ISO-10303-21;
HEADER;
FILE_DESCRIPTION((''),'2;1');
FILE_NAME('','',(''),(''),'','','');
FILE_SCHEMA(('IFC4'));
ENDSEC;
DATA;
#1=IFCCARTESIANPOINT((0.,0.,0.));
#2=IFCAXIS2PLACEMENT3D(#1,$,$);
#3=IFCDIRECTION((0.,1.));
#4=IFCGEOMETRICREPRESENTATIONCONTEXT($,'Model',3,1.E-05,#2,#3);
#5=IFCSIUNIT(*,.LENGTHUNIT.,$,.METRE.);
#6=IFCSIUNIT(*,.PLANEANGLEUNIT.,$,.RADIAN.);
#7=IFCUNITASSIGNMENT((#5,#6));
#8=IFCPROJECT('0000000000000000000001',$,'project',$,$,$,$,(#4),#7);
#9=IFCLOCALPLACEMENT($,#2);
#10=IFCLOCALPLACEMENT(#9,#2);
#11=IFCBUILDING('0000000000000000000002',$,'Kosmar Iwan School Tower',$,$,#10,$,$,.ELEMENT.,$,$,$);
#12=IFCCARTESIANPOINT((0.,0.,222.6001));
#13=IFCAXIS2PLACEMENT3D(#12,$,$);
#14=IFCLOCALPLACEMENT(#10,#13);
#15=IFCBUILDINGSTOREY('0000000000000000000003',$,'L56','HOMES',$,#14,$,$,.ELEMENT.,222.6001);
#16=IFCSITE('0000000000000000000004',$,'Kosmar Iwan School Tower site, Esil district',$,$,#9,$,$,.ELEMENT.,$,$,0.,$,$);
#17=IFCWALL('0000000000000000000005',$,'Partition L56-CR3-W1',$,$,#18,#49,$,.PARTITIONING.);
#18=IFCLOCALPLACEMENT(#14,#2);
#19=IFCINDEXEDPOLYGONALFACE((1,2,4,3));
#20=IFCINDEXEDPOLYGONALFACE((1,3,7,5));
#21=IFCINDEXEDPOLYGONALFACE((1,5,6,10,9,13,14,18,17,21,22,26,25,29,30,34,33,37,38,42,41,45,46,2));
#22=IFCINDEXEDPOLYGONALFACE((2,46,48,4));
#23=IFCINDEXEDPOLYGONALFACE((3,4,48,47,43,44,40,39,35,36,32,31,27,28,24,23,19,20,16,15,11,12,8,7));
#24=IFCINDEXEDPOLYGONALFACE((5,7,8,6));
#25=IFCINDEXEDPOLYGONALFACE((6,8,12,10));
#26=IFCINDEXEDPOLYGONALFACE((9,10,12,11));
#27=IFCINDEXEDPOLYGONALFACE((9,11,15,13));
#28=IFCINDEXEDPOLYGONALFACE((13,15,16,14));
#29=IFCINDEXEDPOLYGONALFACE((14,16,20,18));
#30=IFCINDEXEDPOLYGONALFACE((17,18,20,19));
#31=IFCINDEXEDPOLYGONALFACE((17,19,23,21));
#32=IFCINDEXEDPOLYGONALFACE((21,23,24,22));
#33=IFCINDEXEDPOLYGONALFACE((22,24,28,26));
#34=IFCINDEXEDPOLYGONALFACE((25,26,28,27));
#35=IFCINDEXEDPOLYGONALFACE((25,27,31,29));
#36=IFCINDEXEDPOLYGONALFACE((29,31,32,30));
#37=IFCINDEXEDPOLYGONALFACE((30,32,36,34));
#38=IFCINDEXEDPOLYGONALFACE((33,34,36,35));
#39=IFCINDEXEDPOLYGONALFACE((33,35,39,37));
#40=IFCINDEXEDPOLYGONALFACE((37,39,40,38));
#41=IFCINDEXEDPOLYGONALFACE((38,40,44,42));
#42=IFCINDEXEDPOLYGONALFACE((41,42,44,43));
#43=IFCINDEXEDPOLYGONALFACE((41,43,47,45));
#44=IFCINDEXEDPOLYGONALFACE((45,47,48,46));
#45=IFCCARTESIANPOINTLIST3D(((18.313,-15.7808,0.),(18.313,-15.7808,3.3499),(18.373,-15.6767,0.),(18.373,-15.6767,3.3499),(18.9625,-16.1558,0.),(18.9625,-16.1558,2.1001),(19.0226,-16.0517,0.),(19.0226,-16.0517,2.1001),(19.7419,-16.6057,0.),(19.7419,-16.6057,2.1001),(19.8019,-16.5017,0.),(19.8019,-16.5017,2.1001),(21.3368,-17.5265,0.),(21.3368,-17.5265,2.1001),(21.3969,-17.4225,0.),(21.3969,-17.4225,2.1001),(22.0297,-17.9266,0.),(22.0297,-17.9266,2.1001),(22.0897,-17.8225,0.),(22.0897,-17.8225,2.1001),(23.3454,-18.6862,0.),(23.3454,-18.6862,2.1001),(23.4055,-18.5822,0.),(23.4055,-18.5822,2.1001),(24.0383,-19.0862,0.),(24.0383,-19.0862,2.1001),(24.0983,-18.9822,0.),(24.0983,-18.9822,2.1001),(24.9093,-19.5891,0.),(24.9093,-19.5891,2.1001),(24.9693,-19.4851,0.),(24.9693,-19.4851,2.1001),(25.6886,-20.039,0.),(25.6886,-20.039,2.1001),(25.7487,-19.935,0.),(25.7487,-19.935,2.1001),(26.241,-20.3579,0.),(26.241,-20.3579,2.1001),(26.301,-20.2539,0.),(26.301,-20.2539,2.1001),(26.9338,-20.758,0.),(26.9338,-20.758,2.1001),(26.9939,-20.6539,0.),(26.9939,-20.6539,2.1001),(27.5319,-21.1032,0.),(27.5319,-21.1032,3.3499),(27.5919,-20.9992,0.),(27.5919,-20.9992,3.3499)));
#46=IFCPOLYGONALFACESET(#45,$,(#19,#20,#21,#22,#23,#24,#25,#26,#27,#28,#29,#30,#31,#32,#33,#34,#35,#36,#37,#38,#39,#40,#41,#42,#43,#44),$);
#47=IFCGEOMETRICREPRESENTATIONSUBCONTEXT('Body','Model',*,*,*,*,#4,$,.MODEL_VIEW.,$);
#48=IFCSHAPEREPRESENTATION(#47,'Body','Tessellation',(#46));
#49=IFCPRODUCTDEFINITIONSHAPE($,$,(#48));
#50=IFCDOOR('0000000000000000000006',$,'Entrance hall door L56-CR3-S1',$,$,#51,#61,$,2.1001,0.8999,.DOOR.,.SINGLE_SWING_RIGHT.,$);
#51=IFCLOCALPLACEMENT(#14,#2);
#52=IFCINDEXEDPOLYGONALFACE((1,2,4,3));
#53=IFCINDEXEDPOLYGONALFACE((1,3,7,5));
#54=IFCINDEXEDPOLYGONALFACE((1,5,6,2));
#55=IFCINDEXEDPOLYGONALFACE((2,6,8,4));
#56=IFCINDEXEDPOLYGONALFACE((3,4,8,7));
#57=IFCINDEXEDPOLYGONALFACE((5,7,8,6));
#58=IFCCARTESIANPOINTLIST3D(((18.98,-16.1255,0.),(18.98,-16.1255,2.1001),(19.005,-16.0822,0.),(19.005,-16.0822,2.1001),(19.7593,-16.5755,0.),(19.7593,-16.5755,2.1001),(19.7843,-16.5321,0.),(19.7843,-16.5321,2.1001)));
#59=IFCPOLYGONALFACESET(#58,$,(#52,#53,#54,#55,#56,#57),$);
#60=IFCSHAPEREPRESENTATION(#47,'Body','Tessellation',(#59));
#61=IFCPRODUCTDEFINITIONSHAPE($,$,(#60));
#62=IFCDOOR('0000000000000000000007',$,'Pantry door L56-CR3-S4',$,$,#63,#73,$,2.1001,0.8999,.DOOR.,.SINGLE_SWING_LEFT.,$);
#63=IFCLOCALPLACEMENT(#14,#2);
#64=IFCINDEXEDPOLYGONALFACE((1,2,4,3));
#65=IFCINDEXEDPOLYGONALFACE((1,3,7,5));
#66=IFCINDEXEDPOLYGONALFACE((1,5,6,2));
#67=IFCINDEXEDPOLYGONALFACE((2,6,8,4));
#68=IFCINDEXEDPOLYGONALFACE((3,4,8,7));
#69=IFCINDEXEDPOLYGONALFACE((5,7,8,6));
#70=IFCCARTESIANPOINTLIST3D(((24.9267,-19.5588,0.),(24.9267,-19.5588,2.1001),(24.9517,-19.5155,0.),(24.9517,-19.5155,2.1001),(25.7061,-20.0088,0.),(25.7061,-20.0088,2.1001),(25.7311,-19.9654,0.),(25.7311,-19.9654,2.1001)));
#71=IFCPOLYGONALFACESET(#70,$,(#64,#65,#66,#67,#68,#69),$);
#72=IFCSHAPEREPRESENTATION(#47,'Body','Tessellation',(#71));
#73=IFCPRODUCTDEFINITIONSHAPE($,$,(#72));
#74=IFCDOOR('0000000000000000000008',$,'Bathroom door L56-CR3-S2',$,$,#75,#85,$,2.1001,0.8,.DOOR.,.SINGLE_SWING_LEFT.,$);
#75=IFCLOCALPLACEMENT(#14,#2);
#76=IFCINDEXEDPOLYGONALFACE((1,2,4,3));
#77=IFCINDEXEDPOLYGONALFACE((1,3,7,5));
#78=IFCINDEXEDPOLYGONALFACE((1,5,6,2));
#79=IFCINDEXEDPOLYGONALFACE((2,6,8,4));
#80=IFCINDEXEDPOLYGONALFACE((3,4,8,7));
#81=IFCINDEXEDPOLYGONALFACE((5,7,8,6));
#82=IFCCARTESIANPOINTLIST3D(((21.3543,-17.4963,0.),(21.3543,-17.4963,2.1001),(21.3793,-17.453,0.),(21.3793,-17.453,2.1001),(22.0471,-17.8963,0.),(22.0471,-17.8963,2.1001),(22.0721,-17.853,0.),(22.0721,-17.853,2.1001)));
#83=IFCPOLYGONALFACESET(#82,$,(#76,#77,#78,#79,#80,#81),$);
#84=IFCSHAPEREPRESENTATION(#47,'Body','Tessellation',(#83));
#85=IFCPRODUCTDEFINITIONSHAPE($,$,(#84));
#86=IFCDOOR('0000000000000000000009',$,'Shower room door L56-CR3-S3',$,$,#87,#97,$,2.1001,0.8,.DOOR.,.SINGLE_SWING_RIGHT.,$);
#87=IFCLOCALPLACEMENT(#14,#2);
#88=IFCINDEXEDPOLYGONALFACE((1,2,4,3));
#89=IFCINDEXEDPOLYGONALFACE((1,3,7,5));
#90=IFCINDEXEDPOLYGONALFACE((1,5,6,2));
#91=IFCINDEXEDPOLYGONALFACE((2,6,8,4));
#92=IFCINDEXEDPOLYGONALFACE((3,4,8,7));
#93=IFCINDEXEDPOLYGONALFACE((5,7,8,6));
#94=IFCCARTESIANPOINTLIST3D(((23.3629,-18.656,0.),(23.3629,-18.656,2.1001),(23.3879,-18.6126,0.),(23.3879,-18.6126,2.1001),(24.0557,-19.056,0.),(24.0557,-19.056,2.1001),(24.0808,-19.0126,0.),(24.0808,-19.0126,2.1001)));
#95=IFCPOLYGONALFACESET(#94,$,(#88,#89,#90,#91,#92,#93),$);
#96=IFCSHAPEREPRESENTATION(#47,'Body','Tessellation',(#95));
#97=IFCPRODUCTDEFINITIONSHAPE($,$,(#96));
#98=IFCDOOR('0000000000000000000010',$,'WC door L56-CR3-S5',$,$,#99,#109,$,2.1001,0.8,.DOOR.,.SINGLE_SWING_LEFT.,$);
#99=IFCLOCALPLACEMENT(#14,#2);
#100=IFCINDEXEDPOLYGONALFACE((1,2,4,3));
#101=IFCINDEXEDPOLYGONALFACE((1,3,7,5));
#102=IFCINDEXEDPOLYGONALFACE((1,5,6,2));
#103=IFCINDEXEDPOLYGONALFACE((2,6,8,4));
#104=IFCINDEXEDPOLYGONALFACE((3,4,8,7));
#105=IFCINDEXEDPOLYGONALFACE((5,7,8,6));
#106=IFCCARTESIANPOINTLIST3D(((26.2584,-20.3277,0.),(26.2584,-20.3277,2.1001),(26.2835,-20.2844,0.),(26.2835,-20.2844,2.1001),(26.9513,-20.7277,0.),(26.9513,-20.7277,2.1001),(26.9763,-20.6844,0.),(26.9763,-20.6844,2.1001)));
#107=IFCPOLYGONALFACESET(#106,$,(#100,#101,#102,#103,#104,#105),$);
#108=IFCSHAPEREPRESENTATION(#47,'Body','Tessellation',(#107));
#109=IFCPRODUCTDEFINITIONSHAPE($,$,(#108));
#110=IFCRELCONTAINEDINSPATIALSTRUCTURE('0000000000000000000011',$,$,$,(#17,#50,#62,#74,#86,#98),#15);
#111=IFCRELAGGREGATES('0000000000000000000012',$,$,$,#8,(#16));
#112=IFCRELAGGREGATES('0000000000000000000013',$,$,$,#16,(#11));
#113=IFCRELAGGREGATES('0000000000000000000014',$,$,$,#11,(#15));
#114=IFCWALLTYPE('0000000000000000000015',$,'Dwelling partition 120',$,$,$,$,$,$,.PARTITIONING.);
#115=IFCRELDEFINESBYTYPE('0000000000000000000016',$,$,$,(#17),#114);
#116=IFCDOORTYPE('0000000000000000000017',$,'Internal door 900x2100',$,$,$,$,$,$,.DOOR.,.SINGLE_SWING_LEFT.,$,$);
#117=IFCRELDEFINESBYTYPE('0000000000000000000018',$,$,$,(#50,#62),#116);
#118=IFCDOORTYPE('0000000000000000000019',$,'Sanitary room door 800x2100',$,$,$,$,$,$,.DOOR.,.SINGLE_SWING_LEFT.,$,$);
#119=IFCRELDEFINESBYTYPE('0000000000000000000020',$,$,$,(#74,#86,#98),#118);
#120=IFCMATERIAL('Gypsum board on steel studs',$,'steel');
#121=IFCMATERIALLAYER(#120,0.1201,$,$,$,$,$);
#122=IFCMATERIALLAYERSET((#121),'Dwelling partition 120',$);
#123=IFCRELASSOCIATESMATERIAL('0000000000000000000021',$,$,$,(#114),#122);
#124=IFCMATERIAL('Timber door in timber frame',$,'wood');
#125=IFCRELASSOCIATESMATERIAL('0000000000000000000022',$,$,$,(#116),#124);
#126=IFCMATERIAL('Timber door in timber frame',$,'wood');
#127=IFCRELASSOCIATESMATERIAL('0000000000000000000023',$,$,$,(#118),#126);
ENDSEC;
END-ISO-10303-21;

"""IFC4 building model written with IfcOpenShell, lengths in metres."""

from ifc_helpers import new_model, si_unit, direction, frame, frame_2d, origin, place, context, subcontext, project, spatial, rectangle, extrude, material, layer, layer_set, type_object, element, fill, save


model = new_model("IFC4")

# Units and contexts
model_context = context("Model", 3, precision=1e-05, world=origin(), true_north=direction((0.0, 1.0)))
body_context = subcontext(model_context, "Body", "Model", "MODEL_VIEW")
ifc_project = project(units=[si_unit("LENGTHUNIT", "METRE"), si_unit("PLANEANGLEUNIT", "RADIAN")], contexts=[model_context])

# Site, building, storey
site_placement = place(None, origin())
site = spatial("IfcSite", under=ifc_project, at=site_placement, Name="Kosmar Iwan School Tower site, Esil district", CompositionType="ELEMENT", RefElevation=0.0)
building_placement = place(site_placement, origin())
building = spatial("IfcBuilding", under=site, at=building_placement, Name="Kosmar Iwan School Tower", CompositionType="ELEMENT")
storey_placement = place(building_placement, frame((0.0, 0.0, 222.6001)))
storey = spatial("IfcBuildingStorey", under=building, at=storey_placement, Name="L56", Description="HOMES", CompositionType="ELEMENT", Elevation=222.6001)

# Shared definitions
ifc_material_1 = material(Name="Gypsum board on steel studs", Category="steel")
ifc_layer_1 = layer(ifc_material_1, 0.1201)
ifc_layer_set_1 = layer_set([ifc_layer_1], Name="Dwelling partition 120")
wall_type_1 = type_object("IfcWallType", Name="Dwelling partition 120", PredefinedType="PARTITIONING", material=ifc_layer_set_1)

# Wall, openings, doors
wall_1_placement = place(storey_placement, frame((18.343, -15.7288, 0.0), z_axis=(0.0, 0.0, 1.0), x_axis=(0.866029, -0.499994, 0.0)))
wall_1 = element("IfcWall", 1, at=wall_1_placement, inside=storey, type_object=wall_type_1, Name="Partition L56-CR3-W1", PredefinedType="PARTITIONING", context=body_context, shape_type="SweptSolid", body=[
    extrude(rectangle(XDim=10.645, YDim=0.1201, at=frame_2d((5.3225, 0.0))), origin(), (0.0, 0.0, 1.0), 3.3499),
])
opening_1_placement = place(wall_1_placement, frame((0.75, 0.0, 0.0)))
opening_1 = element("IfcOpeningElement", 2, at=opening_1_placement, cuts=wall_1, PredefinedType="OPENING", context=body_context, shape_type="SweptSolid", body=[
    extrude(rectangle(XDim=0.8999, YDim=2.1001, at=frame_2d((0.45, 1.05))), frame((0.0, 0.072, 0.0), z_axis=(0.0, -1.0, 0.0), x_axis=(1.0, 0.0, 0.0)), (0.0, 0.0, 1.0), 0.144),
])
opening_2_placement = place(wall_1_placement, frame((3.4917, 0.0, 0.0)))
opening_2 = element("IfcOpeningElement", 3, at=opening_2_placement, cuts=wall_1, PredefinedType="OPENING", context=body_context, shape_type="SweptSolid", body=[
    extrude(rectangle(XDim=0.8, YDim=2.1001, at=frame_2d((0.3999, 1.05))), frame((0.0, 0.072, 0.0), z_axis=(0.0, -1.0, 0.0), x_axis=(1.0, 0.0, 0.0)), (0.0, 0.0, 1.0), 0.144),
])
opening_3_placement = place(wall_1_placement, frame((5.811, 0.0, 0.0)))
opening_3 = element("IfcOpeningElement", 4, at=opening_3_placement, cuts=wall_1, PredefinedType="OPENING", context=body_context, shape_type="SweptSolid", body=[
    extrude(rectangle(XDim=0.8, YDim=2.1001, at=frame_2d((0.3999, 1.05))), frame((0.0, 0.072, 0.0), z_axis=(0.0, -1.0, 0.0), x_axis=(1.0, 0.0, 0.0)), (0.0, 0.0, 1.0), 0.144),
])
opening_4_placement = place(wall_1_placement, frame((7.6167, 0.0, 0.0)))
opening_4 = element("IfcOpeningElement", 5, at=opening_4_placement, cuts=wall_1, PredefinedType="OPENING", context=body_context, shape_type="SweptSolid", body=[
    extrude(rectangle(XDim=0.8999, YDim=2.1001, at=frame_2d((0.45, 1.05))), frame((0.0, 0.072, 0.0), z_axis=(0.0, -1.0, 0.0), x_axis=(1.0, 0.0, 0.0)), (0.0, 0.0, 1.0), 0.144),
])
opening_5_placement = place(wall_1_placement, frame((9.1545, 0.0, 0.0)))
opening_5 = element("IfcOpeningElement", 6, at=opening_5_placement, cuts=wall_1, PredefinedType="OPENING", context=body_context, shape_type="SweptSolid", body=[
    extrude(rectangle(XDim=0.8, YDim=2.1001, at=frame_2d((0.3999, 1.05))), frame((0.0, 0.072, 0.0), z_axis=(0.0, -1.0, 0.0), x_axis=(1.0, 0.0, 0.0)), (0.0, 0.0, 1.0), 0.144),
])
ifc_material_2 = material(Name="Timber door in timber frame", Category="wood")
door_type_1 = type_object("IfcDoorType", Name="Internal door 900x2100", OperationType="SINGLE_SWING_LEFT", PredefinedType="DOOR", material=ifc_material_2)
door_1_placement = place(opening_1_placement, origin())
door_1 = element("IfcDoor", 7, at=door_1_placement, inside=storey, type_object=door_type_1, Name="Entrance hall door L56-CR3-S1", OperationType="SINGLE_SWING_RIGHT", OverallHeight=2.1001, OverallWidth=0.8999, PredefinedType="DOOR", context=body_context, shape_type="SweptSolid", body=[
    extrude(rectangle(XDim=0.8999, YDim=2.1001, at=frame_2d((0.45, 1.05))), frame((0.0, 0.0249, 0.0), z_axis=(0.0, -1.0, 0.0), x_axis=(1.0, 0.0, 0.0)), (0.0, 0.0, 1.0), 0.05),
])
fill(opening_1, door_1)
door_2_placement = place(opening_4_placement, origin())
door_2 = element("IfcDoor", 8, at=door_2_placement, inside=storey, type_object=door_type_1, Name="Pantry door L56-CR3-S4", OperationType="SINGLE_SWING_LEFT", OverallHeight=2.1001, OverallWidth=0.8999, PredefinedType="DOOR", context=body_context, shape_type="SweptSolid", body=[
    extrude(rectangle(XDim=0.8999, YDim=2.1001, at=frame_2d((0.45, 1.05))), frame((0.0, 0.0249, 0.0), z_axis=(0.0, -1.0, 0.0), x_axis=(1.0, 0.0, 0.0)), (0.0, 0.0, 1.0), 0.05),
])
fill(opening_4, door_2)
ifc_material_3 = material(Name="Timber door in timber frame", Category="wood")
door_type_2 = type_object("IfcDoorType", Name="Sanitary room door 800x2100", OperationType="SINGLE_SWING_LEFT", PredefinedType="DOOR", material=ifc_material_3)
door_3_placement = place(opening_2_placement, origin())
door_3 = element("IfcDoor", 9, at=door_3_placement, inside=storey, type_object=door_type_2, Name="Bathroom door L56-CR3-S2", OperationType="SINGLE_SWING_LEFT", OverallHeight=2.1001, OverallWidth=0.8, PredefinedType="DOOR", context=body_context, shape_type="SweptSolid", body=[
    extrude(rectangle(XDim=0.8, YDim=2.1001, at=frame_2d((0.3999, 1.05))), frame((0.0, 0.0249, 0.0), z_axis=(0.0, -1.0, 0.0), x_axis=(1.0, 0.0, 0.0)), (0.0, 0.0, 1.0), 0.05),
])
fill(opening_2, door_3)
door_4_placement = place(opening_3_placement, origin())
door_4 = element("IfcDoor", 10, at=door_4_placement, inside=storey, type_object=door_type_2, Name="Shower room door L56-CR3-S3", OperationType="SINGLE_SWING_RIGHT", OverallHeight=2.1001, OverallWidth=0.8, PredefinedType="DOOR", context=body_context, shape_type="SweptSolid", body=[
    extrude(rectangle(XDim=0.8, YDim=2.1001, at=frame_2d((0.3999, 1.05))), frame((0.0, 0.0249, 0.0), z_axis=(0.0, -1.0, 0.0), x_axis=(1.0, 0.0, 0.0)), (0.0, 0.0, 1.0), 0.05),
])
fill(opening_3, door_4)
door_5_placement = place(opening_5_placement, origin())
door_5 = element("IfcDoor", 11, at=door_5_placement, inside=storey, type_object=door_type_2, Name="WC door L56-CR3-S5", OperationType="SINGLE_SWING_LEFT", OverallHeight=2.1001, OverallWidth=0.8, PredefinedType="DOOR", context=body_context, shape_type="SweptSolid", body=[
    extrude(rectangle(XDim=0.8, YDim=2.1001, at=frame_2d((0.3999, 1.05))), frame((0.0, 0.0249, 0.0), z_axis=(0.0, -1.0, 0.0), x_axis=(1.0, 0.0, 0.0)), (0.0, 0.0, 1.0), 0.05),
])
fill(opening_5, door_5)

save(model, "model.ifc")
